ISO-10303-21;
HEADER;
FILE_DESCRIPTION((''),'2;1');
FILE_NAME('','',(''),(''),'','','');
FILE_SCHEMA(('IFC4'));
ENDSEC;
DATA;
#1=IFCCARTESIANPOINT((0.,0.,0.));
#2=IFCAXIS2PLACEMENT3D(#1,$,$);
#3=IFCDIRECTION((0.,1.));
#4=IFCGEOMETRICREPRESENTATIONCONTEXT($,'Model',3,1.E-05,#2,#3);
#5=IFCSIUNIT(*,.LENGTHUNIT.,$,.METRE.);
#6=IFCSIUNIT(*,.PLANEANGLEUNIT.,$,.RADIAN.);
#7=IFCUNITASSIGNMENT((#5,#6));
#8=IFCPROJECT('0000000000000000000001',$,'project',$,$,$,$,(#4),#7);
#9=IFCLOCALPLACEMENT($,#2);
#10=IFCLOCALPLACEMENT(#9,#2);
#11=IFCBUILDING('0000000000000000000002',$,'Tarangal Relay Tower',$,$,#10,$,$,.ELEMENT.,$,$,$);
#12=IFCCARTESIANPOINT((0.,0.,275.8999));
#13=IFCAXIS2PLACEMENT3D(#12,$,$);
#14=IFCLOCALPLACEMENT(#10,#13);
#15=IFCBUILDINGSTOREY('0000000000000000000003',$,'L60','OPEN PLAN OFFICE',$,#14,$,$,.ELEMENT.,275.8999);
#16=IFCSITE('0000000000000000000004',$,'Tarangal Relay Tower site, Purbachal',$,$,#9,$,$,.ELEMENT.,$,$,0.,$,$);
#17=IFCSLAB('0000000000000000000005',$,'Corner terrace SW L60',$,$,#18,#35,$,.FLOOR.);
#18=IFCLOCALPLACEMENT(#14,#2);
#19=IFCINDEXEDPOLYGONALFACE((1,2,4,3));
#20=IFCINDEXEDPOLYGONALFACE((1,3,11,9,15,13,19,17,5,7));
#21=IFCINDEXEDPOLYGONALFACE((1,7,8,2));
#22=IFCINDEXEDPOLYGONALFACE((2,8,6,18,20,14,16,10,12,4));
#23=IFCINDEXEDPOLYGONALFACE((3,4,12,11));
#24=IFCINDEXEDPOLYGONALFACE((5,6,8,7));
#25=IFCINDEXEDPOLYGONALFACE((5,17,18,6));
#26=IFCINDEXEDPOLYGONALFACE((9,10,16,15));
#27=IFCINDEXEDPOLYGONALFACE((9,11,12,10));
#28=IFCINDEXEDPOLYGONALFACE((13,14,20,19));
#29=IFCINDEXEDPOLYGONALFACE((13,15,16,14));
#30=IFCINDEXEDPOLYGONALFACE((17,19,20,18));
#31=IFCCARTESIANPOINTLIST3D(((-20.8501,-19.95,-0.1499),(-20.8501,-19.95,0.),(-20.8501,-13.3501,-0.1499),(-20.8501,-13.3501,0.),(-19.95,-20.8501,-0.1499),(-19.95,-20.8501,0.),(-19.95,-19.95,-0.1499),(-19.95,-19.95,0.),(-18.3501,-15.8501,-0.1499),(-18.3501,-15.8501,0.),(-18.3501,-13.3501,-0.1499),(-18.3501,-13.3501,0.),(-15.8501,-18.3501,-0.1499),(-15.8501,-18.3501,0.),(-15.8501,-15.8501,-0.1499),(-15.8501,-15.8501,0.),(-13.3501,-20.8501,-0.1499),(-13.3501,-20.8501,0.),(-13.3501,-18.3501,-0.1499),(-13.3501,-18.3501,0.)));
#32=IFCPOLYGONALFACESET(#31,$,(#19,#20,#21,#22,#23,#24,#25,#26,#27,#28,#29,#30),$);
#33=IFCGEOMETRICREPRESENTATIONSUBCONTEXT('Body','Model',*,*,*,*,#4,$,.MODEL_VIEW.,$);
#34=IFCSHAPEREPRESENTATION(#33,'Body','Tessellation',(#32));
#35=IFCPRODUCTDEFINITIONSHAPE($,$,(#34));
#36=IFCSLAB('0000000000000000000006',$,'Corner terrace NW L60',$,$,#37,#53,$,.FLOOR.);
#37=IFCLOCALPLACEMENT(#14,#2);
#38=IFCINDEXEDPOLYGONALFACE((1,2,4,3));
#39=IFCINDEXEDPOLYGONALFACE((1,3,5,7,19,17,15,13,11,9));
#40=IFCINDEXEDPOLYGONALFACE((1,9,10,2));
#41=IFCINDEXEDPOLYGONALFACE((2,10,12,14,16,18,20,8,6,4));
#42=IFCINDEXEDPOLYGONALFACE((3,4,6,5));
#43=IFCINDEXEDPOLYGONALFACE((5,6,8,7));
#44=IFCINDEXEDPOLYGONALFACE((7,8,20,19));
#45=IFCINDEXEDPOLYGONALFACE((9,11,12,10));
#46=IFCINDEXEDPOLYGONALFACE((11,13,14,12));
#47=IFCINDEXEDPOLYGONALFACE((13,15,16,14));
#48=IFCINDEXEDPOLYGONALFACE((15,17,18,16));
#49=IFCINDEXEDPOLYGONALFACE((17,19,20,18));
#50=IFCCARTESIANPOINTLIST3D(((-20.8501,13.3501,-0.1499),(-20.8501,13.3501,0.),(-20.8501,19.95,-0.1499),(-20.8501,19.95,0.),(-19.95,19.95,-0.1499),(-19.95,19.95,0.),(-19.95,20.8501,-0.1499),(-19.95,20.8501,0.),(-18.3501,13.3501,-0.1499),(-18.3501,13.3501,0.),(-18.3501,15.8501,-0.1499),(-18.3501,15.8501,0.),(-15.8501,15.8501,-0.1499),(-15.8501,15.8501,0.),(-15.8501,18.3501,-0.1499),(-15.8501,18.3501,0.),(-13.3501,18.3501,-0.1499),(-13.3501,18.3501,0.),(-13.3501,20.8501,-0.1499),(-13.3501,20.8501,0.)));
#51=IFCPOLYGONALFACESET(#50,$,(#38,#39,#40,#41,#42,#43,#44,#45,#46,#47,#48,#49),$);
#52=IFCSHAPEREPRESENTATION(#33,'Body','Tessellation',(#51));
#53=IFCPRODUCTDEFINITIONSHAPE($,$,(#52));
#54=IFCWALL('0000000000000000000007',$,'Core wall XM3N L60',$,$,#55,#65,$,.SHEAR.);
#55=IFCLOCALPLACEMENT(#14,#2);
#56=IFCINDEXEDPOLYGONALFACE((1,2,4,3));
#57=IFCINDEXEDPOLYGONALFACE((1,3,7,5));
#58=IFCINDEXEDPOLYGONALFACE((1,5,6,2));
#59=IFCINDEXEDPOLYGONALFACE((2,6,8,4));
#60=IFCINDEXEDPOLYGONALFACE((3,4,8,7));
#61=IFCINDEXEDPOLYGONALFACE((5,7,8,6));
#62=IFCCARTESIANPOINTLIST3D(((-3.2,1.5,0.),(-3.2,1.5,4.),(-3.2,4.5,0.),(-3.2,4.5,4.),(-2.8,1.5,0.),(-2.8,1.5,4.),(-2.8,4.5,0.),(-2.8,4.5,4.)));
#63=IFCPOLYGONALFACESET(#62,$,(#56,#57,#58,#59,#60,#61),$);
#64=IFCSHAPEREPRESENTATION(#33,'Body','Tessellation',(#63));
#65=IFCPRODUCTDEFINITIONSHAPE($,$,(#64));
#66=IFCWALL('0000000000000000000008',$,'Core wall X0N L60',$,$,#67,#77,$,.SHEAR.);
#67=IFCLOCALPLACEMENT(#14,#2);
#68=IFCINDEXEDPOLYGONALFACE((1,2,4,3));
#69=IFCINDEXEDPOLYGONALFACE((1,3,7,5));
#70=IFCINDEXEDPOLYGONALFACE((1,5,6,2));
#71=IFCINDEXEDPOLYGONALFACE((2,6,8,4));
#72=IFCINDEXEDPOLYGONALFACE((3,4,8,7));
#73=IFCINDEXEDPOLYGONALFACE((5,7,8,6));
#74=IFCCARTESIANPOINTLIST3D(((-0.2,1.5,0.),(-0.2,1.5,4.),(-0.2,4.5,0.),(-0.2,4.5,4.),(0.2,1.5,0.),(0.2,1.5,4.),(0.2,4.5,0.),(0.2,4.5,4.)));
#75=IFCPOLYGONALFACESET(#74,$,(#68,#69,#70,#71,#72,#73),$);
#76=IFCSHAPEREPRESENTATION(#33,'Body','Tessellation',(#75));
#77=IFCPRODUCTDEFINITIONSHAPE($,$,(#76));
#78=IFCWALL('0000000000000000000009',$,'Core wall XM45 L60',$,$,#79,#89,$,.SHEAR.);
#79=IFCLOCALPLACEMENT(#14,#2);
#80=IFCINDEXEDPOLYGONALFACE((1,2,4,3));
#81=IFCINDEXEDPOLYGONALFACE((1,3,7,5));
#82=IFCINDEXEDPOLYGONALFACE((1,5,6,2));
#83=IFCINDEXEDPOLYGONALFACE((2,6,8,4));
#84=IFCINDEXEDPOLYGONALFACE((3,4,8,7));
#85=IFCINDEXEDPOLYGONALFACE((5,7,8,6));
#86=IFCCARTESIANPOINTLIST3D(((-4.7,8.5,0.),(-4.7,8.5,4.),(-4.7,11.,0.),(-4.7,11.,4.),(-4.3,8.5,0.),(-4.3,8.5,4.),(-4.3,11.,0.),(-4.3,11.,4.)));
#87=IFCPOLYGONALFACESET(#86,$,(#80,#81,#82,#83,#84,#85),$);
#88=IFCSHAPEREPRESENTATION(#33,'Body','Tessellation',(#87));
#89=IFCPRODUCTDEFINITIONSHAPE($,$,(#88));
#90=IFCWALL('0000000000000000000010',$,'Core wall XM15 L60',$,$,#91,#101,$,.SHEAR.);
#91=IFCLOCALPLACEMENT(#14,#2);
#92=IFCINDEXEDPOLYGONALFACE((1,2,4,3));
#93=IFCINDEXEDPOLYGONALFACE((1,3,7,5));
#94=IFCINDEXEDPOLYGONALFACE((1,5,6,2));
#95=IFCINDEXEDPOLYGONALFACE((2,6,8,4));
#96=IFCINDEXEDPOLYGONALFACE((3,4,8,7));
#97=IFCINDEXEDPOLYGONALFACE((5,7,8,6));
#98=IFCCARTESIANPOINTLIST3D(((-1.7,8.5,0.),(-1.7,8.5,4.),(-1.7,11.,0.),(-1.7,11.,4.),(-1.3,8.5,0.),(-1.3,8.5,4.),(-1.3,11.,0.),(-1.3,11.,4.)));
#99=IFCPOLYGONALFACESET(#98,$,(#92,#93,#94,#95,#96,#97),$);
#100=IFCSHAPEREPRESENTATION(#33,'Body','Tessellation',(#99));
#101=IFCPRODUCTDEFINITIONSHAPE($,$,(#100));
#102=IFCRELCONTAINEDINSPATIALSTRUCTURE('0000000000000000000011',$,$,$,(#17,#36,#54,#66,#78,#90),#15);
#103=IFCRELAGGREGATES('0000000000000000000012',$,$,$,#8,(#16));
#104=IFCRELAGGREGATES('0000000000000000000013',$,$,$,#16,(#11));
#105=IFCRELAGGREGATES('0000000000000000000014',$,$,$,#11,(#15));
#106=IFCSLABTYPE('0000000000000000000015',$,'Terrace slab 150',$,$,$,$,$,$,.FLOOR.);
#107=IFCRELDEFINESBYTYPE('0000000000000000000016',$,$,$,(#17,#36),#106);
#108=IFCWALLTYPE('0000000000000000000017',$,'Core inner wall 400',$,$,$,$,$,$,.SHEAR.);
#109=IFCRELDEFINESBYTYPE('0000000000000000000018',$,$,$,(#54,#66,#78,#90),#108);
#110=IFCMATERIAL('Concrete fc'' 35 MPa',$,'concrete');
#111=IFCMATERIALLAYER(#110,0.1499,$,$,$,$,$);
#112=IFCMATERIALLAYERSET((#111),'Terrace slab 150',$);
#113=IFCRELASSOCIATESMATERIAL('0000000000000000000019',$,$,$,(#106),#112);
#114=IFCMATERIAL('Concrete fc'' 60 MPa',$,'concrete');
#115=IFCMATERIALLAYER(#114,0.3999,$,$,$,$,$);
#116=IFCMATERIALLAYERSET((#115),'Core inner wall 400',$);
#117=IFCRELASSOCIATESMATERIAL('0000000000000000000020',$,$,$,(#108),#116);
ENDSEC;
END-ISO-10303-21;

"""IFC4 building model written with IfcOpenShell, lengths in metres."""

from ifc_helpers import new_model, si_unit, direction, frame, frame_2d, origin, place, context, subcontext, project, spatial, polyline, rectangle, outline, extrude, material, layer, layer_set, type_object, element, save


model = new_model("IFC4")

# Units and contexts
model_context = context("Model", 3, precision=1e-05, world=origin(), true_north=direction((0.0, 1.0)))
body_context = subcontext(model_context, "Body", "Model", "MODEL_VIEW")
ifc_project = project(units=[si_unit("LENGTHUNIT", "METRE"), si_unit("PLANEANGLEUNIT", "RADIAN")], contexts=[model_context])

# Site, building, storey
site_placement = place(None, origin())
site = spatial("IfcSite", under=ifc_project, at=site_placement, Name="Tarangal Relay Tower site, Purbachal", CompositionType="ELEMENT", RefElevation=0.0)
building_placement = place(site_placement, origin())
building = spatial("IfcBuilding", under=site, at=building_placement, Name="Tarangal Relay Tower", CompositionType="ELEMENT")
storey_placement = place(building_placement, frame((0.0, 0.0, 275.8999)))
storey = spatial("IfcBuildingStorey", under=building, at=storey_placement, Name="L60", Description="OPEN PLAN OFFICE", CompositionType="ELEMENT", Elevation=275.8999)

# Slabs
ifc_material_1 = material(Name="Concrete fc' 35 MPa", Category="concrete")
ifc_layer_1 = layer(ifc_material_1, 0.1499)
ifc_layer_set_1 = layer_set([ifc_layer_1], Name="Terrace slab 150")
slab_type_1 = type_object("IfcSlabType", Name="Terrace slab 150", PredefinedType="FLOOR", material=ifc_layer_set_1)
slab_1_placement = place(storey_placement, frame((0.0, 0.0, -0.1499)))
element("IfcSlab", 1, at=slab_1_placement, inside=storey, type_object=slab_type_1, Name="Corner terrace SW L60", PredefinedType="FLOOR", context=body_context, shape_type="SweptSolid", body=[
    extrude(outline(polyline([(-13.3501, -20.8501), (-13.3501, -18.3501), (-15.8501, -18.3501), (-15.8501, -15.8501), (-18.3501, -15.8501), (-18.3501, -13.3501), (-20.8501, -13.3501), (-20.8501, -19.95), (-19.95, -19.95), (-19.95, -20.8501), (-13.3501, -20.8501)])), origin(), (0.0, 0.0, 1.0), 0.1499),
])
slab_2_placement = place(storey_placement, frame((0.0, 0.0, -0.1499)))
element("IfcSlab", 2, at=slab_2_placement, inside=storey, type_object=slab_type_1, Name="Corner terrace NW L60", PredefinedType="FLOOR", context=body_context, shape_type="SweptSolid", body=[
    extrude(outline(polyline([(-20.8501, 13.3501), (-18.3501, 13.3501), (-18.3501, 15.8501), (-15.8501, 15.8501), (-15.8501, 18.3501), (-13.3501, 18.3501), (-13.3501, 20.8501), (-19.95, 20.8501), (-19.95, 19.95), (-20.8501, 19.95), (-20.8501, 13.3501)])), origin(), (0.0, 0.0, 1.0), 0.1499),
])

# Walls
ifc_material_2 = material(Name="Concrete fc' 60 MPa", Category="concrete")
ifc_layer_2 = layer(ifc_material_2, 0.3999)
ifc_layer_set_2 = layer_set([ifc_layer_2], Name="Core inner wall 400")
wall_type = type_object("IfcWallType", Name="Core inner wall 400", PredefinedType="SHEAR", material=ifc_layer_set_2)
for number, where, z_axis, x_axis, name in (
    (3, (-3.0, 1.5, 0.0), (0.0, 0.0, 1.0), (0.0, 1.0, 0.0), "Core wall XM3N L60"),
    (4, (0.0, 1.5, 0.0), (0.0, 0.0, 1.0), (0.0, 1.0, 0.0), "Core wall X0N L60"),
):
    element("IfcWall", number, at=place(storey_placement, frame(where, z_axis=z_axis, x_axis=x_axis)), inside=storey, type_object=wall_type, Name=name, PredefinedType="SHEAR", context=body_context, shape_type="SweptSolid", body=[
        extrude(rectangle(XDim=3.0, YDim=0.3999, at=frame_2d((1.5, 0.0))), origin(), (0.0, 0.0, 1.0), 4.0),
    ])
for number, where, z_axis, x_axis, name in (
    (5, (-4.5, 8.5, 0.0), (0.0, 0.0, 1.0), (0.0, 1.0, 0.0), "Core wall XM45 L60"),
    (6, (-1.5, 8.5, 0.0), (0.0, 0.0, 1.0), (0.0, 1.0, 0.0), "Core wall XM15 L60"),
):
    element("IfcWall", number, at=place(storey_placement, frame(where, z_axis=z_axis, x_axis=x_axis)), inside=storey, type_object=wall_type, Name=name, PredefinedType="SHEAR", context=body_context, shape_type="SweptSolid", body=[
        extrude(rectangle(XDim=2.5, YDim=0.3999, at=frame_2d((1.25, 0.0))), origin(), (0.0, 0.0, 1.0), 4.0),
    ])

save(model, "model.ifc")
